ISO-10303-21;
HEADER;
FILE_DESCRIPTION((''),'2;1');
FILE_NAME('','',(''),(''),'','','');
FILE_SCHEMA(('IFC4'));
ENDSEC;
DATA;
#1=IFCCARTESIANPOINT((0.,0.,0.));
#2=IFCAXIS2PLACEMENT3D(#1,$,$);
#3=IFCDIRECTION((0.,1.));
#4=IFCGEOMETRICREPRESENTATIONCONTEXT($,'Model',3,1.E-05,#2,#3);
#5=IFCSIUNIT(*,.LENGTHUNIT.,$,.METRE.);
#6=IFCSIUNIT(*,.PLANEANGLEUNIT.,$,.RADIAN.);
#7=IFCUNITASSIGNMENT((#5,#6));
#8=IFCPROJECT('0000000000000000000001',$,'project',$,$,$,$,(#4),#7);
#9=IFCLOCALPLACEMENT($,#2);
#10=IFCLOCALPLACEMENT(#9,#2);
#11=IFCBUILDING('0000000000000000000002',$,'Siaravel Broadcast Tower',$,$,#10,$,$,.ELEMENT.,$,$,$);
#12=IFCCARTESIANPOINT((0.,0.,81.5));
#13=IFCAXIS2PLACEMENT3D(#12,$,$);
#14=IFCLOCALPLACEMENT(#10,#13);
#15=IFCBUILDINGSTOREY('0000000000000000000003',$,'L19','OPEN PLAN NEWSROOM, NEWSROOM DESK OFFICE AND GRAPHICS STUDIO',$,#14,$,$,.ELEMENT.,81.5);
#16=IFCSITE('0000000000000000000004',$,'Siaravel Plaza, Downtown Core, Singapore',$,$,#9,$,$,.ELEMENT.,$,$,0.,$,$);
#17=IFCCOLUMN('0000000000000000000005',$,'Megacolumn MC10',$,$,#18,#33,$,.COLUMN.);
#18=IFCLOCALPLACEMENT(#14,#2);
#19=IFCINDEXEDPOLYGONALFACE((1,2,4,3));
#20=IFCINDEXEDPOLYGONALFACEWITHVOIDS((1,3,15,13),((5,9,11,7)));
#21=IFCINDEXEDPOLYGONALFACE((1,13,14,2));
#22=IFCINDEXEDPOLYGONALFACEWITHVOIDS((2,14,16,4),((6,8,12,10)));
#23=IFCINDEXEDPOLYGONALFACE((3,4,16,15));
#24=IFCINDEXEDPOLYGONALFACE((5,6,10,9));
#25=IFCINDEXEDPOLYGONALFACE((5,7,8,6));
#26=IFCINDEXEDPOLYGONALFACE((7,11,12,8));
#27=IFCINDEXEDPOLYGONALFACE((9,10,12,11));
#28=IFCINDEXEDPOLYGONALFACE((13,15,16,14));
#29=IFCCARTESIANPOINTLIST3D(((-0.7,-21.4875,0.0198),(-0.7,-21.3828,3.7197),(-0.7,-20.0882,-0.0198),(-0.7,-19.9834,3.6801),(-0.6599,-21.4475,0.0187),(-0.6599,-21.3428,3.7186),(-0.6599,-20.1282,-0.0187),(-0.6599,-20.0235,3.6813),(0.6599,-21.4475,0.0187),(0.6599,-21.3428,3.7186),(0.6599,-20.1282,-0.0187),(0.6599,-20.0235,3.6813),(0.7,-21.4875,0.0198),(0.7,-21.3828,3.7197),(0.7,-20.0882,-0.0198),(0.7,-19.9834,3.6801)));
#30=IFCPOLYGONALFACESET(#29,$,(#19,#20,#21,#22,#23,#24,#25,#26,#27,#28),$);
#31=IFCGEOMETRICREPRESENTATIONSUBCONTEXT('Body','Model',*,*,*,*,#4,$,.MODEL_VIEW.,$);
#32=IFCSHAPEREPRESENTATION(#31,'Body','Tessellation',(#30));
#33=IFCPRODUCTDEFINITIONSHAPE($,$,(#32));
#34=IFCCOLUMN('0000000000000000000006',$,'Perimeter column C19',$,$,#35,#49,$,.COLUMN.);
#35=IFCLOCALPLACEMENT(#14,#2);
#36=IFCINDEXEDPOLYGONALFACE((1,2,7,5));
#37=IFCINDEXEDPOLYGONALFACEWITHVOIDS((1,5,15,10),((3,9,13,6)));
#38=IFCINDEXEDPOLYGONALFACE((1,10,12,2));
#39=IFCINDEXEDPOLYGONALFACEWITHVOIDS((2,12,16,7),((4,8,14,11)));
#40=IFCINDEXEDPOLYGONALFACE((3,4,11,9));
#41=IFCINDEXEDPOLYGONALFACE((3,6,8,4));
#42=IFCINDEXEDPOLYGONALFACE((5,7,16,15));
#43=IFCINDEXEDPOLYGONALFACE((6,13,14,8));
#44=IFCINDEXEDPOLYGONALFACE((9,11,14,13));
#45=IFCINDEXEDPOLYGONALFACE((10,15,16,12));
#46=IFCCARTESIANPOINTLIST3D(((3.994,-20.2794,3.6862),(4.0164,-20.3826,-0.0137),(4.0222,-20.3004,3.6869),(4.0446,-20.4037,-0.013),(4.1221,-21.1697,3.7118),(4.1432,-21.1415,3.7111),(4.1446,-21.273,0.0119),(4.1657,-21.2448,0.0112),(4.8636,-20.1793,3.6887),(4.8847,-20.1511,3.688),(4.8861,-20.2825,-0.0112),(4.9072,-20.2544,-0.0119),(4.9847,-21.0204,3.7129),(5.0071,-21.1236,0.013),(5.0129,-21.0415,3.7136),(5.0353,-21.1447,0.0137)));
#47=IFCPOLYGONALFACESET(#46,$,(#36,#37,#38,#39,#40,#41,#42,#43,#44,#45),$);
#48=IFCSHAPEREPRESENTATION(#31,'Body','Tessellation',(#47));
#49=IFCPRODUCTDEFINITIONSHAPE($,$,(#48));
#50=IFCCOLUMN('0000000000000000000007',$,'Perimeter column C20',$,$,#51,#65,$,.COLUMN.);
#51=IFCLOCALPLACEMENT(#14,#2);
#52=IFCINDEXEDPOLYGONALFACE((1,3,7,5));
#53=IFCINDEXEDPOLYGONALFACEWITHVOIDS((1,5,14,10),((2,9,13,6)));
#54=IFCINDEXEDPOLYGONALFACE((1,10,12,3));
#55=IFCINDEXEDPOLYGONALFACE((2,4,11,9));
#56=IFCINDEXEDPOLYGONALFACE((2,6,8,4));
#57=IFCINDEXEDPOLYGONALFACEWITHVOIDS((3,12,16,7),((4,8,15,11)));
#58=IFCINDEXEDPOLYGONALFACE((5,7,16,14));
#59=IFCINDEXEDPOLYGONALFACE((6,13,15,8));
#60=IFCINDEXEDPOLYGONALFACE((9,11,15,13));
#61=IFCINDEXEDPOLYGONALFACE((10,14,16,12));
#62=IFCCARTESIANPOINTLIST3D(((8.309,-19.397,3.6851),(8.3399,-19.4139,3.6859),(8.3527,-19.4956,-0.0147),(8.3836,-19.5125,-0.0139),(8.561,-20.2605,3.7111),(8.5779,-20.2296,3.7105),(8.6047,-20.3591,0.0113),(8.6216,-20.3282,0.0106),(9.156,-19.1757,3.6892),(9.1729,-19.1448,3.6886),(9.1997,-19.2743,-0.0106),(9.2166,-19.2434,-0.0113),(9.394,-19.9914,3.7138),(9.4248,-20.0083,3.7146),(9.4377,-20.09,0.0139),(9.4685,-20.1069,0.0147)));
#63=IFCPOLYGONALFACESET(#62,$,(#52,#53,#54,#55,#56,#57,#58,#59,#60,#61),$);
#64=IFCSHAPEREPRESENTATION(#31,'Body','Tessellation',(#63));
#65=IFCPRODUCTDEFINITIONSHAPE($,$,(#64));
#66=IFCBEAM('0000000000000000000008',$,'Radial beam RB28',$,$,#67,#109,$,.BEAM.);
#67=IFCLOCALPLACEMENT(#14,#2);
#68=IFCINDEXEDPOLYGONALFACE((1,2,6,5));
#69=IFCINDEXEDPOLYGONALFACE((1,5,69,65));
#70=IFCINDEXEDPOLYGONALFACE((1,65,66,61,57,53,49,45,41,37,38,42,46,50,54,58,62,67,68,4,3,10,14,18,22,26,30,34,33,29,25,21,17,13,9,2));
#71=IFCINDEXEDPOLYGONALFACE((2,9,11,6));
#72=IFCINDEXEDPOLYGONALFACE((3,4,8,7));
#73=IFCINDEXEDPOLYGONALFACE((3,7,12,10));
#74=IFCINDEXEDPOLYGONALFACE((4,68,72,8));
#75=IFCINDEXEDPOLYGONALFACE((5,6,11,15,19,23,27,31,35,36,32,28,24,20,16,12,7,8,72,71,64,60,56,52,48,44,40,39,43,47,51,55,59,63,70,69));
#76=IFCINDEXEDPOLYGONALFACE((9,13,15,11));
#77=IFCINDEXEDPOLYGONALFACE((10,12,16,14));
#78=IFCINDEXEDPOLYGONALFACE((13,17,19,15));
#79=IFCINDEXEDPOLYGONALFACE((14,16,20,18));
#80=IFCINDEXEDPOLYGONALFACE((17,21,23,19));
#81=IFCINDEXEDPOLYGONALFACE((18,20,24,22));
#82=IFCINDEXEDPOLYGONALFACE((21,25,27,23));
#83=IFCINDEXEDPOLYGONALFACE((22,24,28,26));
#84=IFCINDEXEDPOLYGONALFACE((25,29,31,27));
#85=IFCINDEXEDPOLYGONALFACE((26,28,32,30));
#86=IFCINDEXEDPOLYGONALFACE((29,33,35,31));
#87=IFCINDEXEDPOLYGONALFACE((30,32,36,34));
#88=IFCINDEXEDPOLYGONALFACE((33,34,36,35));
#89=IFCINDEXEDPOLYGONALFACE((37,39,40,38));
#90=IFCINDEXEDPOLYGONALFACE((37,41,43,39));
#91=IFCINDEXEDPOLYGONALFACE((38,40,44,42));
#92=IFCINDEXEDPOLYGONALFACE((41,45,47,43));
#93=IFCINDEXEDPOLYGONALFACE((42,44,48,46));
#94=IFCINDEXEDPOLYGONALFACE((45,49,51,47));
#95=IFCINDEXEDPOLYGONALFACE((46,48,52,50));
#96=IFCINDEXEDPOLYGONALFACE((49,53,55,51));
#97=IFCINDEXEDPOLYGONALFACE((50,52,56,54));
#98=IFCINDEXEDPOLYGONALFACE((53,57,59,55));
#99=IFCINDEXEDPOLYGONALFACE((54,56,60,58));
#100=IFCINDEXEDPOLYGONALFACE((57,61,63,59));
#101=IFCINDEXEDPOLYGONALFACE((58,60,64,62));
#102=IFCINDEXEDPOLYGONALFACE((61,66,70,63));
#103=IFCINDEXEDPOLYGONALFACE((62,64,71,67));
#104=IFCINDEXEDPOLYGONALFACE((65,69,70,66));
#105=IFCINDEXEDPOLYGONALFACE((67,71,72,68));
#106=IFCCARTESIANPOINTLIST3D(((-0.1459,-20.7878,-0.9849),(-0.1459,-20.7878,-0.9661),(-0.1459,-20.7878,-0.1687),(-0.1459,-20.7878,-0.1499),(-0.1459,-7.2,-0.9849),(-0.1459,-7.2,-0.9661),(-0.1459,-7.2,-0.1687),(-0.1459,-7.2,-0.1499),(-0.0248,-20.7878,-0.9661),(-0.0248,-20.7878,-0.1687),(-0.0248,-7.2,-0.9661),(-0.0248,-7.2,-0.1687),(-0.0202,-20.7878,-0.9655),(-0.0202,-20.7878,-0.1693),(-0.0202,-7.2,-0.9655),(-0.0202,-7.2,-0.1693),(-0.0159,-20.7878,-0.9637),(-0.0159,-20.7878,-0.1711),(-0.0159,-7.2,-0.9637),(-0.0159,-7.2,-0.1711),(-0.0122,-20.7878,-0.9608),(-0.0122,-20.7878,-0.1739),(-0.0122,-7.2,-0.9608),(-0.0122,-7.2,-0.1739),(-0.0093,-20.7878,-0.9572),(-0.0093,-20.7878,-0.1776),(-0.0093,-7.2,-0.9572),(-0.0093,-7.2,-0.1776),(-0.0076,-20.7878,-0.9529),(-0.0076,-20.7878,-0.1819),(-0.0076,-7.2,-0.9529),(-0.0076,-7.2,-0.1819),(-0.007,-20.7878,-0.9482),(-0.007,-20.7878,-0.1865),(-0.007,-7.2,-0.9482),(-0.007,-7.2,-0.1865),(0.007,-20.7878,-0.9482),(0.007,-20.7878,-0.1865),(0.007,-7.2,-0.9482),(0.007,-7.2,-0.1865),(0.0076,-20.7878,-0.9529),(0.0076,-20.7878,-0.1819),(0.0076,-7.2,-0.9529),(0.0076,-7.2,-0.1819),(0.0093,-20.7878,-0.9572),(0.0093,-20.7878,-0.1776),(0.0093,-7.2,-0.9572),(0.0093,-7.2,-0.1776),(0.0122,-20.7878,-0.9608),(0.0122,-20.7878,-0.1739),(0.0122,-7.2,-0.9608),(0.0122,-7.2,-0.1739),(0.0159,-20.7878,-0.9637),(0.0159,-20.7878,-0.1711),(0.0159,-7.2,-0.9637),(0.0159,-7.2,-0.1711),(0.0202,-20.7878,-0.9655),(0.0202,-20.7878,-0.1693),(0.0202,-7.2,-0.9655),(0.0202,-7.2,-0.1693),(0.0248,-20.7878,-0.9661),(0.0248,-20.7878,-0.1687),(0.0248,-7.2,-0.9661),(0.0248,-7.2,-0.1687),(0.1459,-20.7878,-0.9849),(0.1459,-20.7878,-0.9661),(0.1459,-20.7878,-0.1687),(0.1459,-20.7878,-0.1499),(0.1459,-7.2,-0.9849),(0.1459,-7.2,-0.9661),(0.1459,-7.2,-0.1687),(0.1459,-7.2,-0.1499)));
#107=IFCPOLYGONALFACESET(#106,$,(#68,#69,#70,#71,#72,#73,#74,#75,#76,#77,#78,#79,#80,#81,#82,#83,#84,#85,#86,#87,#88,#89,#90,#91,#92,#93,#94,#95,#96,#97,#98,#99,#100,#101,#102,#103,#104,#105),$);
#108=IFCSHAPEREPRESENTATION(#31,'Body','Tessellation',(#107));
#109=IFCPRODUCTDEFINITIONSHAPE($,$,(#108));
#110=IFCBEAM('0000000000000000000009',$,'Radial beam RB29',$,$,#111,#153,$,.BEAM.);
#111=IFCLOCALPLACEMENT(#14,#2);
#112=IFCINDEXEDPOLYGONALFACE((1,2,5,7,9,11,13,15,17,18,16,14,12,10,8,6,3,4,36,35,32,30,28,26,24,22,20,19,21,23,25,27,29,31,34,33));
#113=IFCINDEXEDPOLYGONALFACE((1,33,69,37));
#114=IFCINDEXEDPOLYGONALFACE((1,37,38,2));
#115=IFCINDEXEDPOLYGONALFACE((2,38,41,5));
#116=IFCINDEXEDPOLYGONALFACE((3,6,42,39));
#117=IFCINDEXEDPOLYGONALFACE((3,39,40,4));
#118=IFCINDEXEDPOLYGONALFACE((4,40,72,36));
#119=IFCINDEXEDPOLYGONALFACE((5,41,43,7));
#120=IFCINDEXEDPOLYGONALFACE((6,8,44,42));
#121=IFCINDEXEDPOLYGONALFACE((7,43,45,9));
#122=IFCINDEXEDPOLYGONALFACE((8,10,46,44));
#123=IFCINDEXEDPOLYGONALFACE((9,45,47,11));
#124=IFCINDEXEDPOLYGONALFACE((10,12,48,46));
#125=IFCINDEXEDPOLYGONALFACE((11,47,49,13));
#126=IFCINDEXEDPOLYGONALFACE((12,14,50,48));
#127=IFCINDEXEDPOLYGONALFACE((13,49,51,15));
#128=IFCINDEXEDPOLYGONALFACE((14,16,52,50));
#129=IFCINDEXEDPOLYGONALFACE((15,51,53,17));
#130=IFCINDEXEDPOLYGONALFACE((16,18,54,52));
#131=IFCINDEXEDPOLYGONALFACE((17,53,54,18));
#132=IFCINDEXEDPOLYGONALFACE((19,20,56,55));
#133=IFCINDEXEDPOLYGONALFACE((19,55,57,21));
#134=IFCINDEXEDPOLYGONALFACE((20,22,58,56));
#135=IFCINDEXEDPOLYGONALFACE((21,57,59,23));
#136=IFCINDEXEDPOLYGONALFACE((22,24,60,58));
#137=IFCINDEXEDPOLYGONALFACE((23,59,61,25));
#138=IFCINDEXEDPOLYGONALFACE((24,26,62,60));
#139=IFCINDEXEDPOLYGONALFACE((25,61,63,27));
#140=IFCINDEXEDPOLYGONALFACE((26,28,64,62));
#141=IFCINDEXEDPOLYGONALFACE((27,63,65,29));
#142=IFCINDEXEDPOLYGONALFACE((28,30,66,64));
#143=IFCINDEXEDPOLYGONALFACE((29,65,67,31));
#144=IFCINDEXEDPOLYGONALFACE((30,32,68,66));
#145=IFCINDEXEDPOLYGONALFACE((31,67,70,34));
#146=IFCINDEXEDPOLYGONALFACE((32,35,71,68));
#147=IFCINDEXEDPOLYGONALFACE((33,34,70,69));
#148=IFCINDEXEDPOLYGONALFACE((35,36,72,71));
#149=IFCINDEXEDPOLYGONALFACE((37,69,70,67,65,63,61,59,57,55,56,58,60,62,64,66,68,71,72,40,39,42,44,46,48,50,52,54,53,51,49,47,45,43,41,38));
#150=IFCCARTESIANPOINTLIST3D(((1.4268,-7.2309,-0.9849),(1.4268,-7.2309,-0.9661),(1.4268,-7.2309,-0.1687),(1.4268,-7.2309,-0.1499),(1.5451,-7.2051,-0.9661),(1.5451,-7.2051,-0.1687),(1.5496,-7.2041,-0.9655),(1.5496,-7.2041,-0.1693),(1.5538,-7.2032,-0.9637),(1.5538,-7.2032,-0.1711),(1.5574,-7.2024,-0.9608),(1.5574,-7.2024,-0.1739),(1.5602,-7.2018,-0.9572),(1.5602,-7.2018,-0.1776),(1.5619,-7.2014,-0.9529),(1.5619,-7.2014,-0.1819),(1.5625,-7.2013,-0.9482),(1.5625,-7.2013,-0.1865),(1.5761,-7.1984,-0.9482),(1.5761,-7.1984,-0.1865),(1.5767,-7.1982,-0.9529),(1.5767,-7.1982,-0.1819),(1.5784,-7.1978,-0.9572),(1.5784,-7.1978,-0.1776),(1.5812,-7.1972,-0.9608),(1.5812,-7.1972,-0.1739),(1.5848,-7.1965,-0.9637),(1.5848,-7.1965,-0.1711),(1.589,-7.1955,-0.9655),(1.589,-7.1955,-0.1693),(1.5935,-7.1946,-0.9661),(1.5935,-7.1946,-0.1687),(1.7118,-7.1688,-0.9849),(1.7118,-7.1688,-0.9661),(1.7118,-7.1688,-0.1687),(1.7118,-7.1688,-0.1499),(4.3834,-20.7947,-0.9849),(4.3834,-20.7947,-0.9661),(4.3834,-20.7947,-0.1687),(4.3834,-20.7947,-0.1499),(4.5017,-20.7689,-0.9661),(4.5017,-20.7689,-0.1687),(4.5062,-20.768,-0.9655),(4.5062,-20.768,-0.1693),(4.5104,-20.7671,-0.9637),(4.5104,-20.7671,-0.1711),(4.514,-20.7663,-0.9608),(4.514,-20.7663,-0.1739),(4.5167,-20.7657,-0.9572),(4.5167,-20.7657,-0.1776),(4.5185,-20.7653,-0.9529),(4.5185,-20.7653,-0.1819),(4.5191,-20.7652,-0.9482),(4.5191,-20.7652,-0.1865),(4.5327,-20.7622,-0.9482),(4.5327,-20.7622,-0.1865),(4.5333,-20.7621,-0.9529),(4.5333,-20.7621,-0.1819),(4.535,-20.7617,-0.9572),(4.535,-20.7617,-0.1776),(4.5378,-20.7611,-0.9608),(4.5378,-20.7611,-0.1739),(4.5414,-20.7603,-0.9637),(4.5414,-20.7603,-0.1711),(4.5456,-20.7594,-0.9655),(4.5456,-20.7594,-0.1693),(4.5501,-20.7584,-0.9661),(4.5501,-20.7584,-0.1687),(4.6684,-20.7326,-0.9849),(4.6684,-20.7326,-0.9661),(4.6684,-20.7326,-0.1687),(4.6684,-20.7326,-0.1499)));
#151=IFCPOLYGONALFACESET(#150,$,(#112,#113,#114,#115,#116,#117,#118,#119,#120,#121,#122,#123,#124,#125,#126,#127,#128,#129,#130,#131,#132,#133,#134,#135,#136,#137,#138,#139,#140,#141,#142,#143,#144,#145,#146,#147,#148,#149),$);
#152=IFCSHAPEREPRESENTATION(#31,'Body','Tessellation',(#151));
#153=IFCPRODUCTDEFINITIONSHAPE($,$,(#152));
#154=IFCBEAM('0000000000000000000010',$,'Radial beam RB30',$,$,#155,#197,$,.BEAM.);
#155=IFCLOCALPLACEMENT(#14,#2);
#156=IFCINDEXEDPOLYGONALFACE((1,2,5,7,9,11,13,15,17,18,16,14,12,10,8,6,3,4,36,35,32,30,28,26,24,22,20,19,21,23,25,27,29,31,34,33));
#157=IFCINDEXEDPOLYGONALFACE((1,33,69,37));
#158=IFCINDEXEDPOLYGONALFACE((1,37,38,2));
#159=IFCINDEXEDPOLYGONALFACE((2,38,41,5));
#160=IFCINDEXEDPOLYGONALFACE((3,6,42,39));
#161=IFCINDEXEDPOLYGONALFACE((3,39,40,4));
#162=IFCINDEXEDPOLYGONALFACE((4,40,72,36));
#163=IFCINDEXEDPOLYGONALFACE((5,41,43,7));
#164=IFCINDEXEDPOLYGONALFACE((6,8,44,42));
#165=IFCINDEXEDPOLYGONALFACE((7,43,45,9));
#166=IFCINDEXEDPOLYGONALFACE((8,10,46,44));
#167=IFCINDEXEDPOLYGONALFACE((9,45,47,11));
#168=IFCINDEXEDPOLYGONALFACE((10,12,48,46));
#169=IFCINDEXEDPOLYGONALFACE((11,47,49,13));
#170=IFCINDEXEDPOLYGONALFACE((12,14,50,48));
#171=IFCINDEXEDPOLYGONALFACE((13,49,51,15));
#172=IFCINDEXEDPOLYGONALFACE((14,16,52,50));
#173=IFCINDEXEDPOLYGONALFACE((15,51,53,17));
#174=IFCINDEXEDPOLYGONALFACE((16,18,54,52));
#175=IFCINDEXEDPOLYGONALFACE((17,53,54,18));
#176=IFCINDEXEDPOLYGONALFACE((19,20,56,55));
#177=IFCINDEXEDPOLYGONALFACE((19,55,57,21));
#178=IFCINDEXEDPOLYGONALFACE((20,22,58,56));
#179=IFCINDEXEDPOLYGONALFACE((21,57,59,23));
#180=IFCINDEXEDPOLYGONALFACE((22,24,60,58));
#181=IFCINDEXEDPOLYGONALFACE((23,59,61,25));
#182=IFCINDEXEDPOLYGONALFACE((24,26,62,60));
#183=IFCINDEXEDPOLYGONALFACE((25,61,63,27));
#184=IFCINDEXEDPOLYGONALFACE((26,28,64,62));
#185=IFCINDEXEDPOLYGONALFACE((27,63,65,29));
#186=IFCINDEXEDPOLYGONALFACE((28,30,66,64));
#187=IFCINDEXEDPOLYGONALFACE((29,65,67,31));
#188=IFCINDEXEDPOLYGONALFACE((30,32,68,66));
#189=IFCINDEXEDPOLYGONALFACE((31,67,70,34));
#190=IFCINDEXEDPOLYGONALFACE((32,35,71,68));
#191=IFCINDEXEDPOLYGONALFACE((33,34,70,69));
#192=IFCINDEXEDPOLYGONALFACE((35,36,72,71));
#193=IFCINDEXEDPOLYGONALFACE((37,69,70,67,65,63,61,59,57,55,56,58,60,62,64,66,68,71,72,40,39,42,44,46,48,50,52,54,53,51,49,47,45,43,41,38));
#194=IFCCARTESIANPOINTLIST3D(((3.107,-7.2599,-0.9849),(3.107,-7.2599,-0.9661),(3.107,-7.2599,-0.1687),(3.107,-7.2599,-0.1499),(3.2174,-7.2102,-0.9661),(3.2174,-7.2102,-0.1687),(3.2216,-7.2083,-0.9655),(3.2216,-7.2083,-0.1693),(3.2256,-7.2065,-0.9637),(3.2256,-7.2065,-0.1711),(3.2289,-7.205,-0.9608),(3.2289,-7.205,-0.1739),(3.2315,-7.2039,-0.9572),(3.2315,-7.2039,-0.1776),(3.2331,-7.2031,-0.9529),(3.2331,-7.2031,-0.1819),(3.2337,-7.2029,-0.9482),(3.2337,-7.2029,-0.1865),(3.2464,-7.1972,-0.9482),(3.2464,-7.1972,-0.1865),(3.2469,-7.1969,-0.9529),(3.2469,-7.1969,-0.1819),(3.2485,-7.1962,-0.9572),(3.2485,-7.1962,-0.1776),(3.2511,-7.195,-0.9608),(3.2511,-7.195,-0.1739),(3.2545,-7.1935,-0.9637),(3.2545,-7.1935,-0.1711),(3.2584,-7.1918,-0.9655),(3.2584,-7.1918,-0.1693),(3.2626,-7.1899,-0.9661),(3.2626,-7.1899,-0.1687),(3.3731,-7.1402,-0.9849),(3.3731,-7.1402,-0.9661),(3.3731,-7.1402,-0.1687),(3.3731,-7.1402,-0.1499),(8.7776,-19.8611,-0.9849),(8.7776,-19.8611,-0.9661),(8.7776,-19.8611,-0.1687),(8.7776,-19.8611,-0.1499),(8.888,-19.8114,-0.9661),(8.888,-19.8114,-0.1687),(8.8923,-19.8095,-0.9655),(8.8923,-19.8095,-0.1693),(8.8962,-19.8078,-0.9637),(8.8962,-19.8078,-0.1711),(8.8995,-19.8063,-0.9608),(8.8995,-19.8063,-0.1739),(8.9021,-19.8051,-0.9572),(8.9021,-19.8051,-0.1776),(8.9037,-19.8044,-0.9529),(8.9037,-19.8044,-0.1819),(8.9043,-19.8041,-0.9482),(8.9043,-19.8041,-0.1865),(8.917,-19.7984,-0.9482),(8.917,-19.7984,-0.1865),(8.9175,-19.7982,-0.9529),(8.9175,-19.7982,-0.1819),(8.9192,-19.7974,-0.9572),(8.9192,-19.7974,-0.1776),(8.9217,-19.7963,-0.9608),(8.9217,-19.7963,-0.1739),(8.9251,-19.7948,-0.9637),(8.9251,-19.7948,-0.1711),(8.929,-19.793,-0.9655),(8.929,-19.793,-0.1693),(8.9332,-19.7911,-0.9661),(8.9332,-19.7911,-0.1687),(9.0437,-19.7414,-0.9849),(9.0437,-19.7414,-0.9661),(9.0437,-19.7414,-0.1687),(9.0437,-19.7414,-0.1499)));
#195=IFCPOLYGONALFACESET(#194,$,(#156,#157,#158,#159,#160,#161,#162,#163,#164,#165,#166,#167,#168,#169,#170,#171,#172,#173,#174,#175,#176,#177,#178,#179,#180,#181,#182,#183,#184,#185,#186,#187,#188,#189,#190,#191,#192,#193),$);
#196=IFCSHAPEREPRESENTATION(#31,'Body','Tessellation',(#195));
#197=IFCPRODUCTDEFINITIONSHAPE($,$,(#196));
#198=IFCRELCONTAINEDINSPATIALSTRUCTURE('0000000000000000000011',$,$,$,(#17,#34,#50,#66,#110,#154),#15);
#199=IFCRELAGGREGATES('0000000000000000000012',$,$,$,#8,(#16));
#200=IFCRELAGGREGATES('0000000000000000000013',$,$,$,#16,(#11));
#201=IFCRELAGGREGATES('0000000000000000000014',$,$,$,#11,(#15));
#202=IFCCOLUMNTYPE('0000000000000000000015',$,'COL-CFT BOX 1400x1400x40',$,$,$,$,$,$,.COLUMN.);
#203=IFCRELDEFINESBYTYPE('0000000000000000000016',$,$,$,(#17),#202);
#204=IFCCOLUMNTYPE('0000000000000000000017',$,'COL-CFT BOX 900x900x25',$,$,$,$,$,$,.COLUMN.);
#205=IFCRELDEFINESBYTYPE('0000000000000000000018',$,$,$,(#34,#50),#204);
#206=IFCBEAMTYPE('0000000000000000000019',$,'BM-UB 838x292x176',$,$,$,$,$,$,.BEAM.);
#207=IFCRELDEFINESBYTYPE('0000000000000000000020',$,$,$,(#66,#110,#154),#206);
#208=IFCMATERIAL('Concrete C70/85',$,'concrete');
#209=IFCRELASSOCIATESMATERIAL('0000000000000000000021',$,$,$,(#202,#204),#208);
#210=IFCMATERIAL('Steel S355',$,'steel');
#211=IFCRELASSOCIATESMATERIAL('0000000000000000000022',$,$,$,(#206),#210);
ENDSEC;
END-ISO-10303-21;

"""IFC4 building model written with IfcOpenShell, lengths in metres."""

from ifc_helpers import new_model, si_unit, direction, frame, origin, origin_2d, place, context, subcontext, project, spatial, hollow_rectangle, i_section, extrude, material, material_profile, profile_set, type_object, element, save


model = new_model("IFC4")

# Units and contexts
model_context = context("Model", 3, precision=1e-05, world=origin(), true_north=direction((0.0, 1.0)))
body_context = subcontext(model_context, "Body", "Model", "MODEL_VIEW")
ifc_project = project(units=[si_unit("LENGTHUNIT", "METRE"), si_unit("PLANEANGLEUNIT", "RADIAN")], contexts=[model_context])

# Site, building, storey
site_placement = place(None, origin())
site = spatial("IfcSite", under=ifc_project, at=site_placement, Name="Siaravel Plaza, Downtown Core, Singapore", CompositionType="ELEMENT", RefElevation=0.0)
building_placement = place(site_placement, origin())
building = spatial("IfcBuilding", under=site, at=building_placement, Name="Siaravel Broadcast Tower", CompositionType="ELEMENT")
storey_placement = place(building_placement, frame((0.0, 0.0, 81.5)))
storey = spatial("IfcBuildingStorey", under=building, at=storey_placement, Name="L19", Description="OPEN PLAN NEWSROOM, NEWSROOM DESK OFFICE AND GRAPHICS STUDIO", CompositionType="ELEMENT", Elevation=81.5)

# Columns
ifc_material_1 = material(Name="Concrete C70/85", Category="concrete")
ifc_material_profile_1 = material_profile(ifc_material_1, hollow_rectangle(XDim=1.3999, YDim=1.3999, WallThickness=0.04, at=origin_2d()))
ifc_profile_set_1 = profile_set([ifc_material_profile_1], Name="Concrete C70/85")
column_type_1 = type_object("IfcColumnType", Name="COL-CFT BOX 1400x1400x40", PredefinedType="COLUMN", material=ifc_profile_set_1)
column_placement = place(storey_placement, frame((0.0, -20.7878, 0.0), z_axis=(0.0, 0.028296, 0.9996), x_axis=(-1.0, 0.0, 0.0)))
element("IfcColumn", 1, at=column_placement, inside=storey, type_object=column_type_1, Name="Megacolumn MC10", PredefinedType="COLUMN", context=body_context, shape_type="SweptSolid", body=[
    extrude(hollow_rectangle(XDim=1.3999, YDim=1.3999, WallThickness=0.04, at=origin_2d()), origin(), (0.0, 0.0, 1.0), 3.7014),
])
ifc_material_profile_2 = material_profile(ifc_material_1, hollow_rectangle(XDim=0.8999, YDim=0.8999, WallThickness=0.0249, at=origin_2d()))
ifc_profile_set_2 = profile_set([ifc_material_profile_2], Name="Concrete C70/85")
column_type_2 = type_object("IfcColumnType", Name="COL-CFT BOX 900x900x25", PredefinedType="COLUMN", material=ifc_profile_set_2)
for number, where, z_axis, x_axis, name in (
    (2, (4.5259, -20.7637, 0.0), (-0.006068, 0.0279, 0.999592), (-0.989789, -0.142526, -0.00203), "Perimeter column C19"),
    (3, (8.9106, -19.8013, 0.0), (-0.011806, 0.026647, 0.999575), (-0.959931, -0.28021, -0.003868), "Perimeter column C20"),
):
    element("IfcColumn", number, at=place(storey_placement, frame(where, z_axis=z_axis, x_axis=x_axis)), inside=storey, type_object=column_type_2, Name=name, PredefinedType="COLUMN", context=body_context, shape_type="SweptSolid", body=[
        extrude(hollow_rectangle(XDim=0.8999, YDim=0.8999, WallThickness=0.0249, at=origin_2d()), origin(), (0.0, 0.0, 1.0), 3.7014),
    ])

# Beams
ifc_material_2 = material(Name="Steel S355", Category="steel")
ifc_material_profile_3 = material_profile(ifc_material_2, i_section(OverallWidth=0.2917, OverallDepth=0.835, WebThickness=0.0139, FlangeThickness=0.0188, FilletRadius=0.0178, at=origin_2d()))
ifc_profile_set_3 = profile_set([ifc_material_profile_3], Name="Steel S355")
beam_type = type_object("IfcBeamType", Name="BM-UB 838x292x176", PredefinedType="BEAM", material=ifc_profile_set_3)
beam_1_placement = place(storey_placement, frame((0.0, -20.7878, -0.5674), z_axis=(0.0, 1.0, 0.0), x_axis=(-1.0, 0.0, 0.0)))
element("IfcBeam", 4, at=beam_1_placement, inside=storey, type_object=beam_type, Name="Radial beam RB28", PredefinedType="BEAM", context=body_context, shape_type="SweptSolid", body=[
    extrude(i_section(OverallWidth=0.2917, OverallDepth=0.835, WebThickness=0.0139, FlangeThickness=0.0188, FilletRadius=0.0178, at=origin_2d()), origin(), (0.0, 0.0, 1.0), 13.5879),
])
beam_2_placement = place(storey_placement, frame((4.5259, -20.7637, -0.5674), z_axis=(-0.212974, 0.977058, 0.0), x_axis=(-0.977058, -0.212974, 0.0)))
element("IfcBeam", 5, at=beam_2_placement, inside=storey, type_object=beam_type, Name="Radial beam RB29", PredefinedType="BEAM", context=body_context, shape_type="SweptSolid", body=[
    extrude(i_section(OverallWidth=0.2917, OverallDepth=0.835, WebThickness=0.0139, FlangeThickness=0.0188, FilletRadius=0.0178, at=origin_2d()), origin(), (0.0, 0.0, 1.0), 13.8823),
])
beam_3_placement = place(storey_placement, frame((8.9106, -19.8013, -0.5674), z_axis=(-0.410368, 0.91192, 0.0), x_axis=(-0.91192, -0.410368, 0.0)))
element("IfcBeam", 6, at=beam_3_placement, inside=storey, type_object=beam_type, Name="Radial beam RB30", PredefinedType="BEAM", context=body_context, shape_type="SweptSolid", body=[
    extrude(i_section(OverallWidth=0.2917, OverallDepth=0.835, WebThickness=0.0139, FlangeThickness=0.0188, FilletRadius=0.0178, at=origin_2d()), origin(), (0.0, 0.0, 1.0), 13.8184),
])

save(model, "model.ifc")
